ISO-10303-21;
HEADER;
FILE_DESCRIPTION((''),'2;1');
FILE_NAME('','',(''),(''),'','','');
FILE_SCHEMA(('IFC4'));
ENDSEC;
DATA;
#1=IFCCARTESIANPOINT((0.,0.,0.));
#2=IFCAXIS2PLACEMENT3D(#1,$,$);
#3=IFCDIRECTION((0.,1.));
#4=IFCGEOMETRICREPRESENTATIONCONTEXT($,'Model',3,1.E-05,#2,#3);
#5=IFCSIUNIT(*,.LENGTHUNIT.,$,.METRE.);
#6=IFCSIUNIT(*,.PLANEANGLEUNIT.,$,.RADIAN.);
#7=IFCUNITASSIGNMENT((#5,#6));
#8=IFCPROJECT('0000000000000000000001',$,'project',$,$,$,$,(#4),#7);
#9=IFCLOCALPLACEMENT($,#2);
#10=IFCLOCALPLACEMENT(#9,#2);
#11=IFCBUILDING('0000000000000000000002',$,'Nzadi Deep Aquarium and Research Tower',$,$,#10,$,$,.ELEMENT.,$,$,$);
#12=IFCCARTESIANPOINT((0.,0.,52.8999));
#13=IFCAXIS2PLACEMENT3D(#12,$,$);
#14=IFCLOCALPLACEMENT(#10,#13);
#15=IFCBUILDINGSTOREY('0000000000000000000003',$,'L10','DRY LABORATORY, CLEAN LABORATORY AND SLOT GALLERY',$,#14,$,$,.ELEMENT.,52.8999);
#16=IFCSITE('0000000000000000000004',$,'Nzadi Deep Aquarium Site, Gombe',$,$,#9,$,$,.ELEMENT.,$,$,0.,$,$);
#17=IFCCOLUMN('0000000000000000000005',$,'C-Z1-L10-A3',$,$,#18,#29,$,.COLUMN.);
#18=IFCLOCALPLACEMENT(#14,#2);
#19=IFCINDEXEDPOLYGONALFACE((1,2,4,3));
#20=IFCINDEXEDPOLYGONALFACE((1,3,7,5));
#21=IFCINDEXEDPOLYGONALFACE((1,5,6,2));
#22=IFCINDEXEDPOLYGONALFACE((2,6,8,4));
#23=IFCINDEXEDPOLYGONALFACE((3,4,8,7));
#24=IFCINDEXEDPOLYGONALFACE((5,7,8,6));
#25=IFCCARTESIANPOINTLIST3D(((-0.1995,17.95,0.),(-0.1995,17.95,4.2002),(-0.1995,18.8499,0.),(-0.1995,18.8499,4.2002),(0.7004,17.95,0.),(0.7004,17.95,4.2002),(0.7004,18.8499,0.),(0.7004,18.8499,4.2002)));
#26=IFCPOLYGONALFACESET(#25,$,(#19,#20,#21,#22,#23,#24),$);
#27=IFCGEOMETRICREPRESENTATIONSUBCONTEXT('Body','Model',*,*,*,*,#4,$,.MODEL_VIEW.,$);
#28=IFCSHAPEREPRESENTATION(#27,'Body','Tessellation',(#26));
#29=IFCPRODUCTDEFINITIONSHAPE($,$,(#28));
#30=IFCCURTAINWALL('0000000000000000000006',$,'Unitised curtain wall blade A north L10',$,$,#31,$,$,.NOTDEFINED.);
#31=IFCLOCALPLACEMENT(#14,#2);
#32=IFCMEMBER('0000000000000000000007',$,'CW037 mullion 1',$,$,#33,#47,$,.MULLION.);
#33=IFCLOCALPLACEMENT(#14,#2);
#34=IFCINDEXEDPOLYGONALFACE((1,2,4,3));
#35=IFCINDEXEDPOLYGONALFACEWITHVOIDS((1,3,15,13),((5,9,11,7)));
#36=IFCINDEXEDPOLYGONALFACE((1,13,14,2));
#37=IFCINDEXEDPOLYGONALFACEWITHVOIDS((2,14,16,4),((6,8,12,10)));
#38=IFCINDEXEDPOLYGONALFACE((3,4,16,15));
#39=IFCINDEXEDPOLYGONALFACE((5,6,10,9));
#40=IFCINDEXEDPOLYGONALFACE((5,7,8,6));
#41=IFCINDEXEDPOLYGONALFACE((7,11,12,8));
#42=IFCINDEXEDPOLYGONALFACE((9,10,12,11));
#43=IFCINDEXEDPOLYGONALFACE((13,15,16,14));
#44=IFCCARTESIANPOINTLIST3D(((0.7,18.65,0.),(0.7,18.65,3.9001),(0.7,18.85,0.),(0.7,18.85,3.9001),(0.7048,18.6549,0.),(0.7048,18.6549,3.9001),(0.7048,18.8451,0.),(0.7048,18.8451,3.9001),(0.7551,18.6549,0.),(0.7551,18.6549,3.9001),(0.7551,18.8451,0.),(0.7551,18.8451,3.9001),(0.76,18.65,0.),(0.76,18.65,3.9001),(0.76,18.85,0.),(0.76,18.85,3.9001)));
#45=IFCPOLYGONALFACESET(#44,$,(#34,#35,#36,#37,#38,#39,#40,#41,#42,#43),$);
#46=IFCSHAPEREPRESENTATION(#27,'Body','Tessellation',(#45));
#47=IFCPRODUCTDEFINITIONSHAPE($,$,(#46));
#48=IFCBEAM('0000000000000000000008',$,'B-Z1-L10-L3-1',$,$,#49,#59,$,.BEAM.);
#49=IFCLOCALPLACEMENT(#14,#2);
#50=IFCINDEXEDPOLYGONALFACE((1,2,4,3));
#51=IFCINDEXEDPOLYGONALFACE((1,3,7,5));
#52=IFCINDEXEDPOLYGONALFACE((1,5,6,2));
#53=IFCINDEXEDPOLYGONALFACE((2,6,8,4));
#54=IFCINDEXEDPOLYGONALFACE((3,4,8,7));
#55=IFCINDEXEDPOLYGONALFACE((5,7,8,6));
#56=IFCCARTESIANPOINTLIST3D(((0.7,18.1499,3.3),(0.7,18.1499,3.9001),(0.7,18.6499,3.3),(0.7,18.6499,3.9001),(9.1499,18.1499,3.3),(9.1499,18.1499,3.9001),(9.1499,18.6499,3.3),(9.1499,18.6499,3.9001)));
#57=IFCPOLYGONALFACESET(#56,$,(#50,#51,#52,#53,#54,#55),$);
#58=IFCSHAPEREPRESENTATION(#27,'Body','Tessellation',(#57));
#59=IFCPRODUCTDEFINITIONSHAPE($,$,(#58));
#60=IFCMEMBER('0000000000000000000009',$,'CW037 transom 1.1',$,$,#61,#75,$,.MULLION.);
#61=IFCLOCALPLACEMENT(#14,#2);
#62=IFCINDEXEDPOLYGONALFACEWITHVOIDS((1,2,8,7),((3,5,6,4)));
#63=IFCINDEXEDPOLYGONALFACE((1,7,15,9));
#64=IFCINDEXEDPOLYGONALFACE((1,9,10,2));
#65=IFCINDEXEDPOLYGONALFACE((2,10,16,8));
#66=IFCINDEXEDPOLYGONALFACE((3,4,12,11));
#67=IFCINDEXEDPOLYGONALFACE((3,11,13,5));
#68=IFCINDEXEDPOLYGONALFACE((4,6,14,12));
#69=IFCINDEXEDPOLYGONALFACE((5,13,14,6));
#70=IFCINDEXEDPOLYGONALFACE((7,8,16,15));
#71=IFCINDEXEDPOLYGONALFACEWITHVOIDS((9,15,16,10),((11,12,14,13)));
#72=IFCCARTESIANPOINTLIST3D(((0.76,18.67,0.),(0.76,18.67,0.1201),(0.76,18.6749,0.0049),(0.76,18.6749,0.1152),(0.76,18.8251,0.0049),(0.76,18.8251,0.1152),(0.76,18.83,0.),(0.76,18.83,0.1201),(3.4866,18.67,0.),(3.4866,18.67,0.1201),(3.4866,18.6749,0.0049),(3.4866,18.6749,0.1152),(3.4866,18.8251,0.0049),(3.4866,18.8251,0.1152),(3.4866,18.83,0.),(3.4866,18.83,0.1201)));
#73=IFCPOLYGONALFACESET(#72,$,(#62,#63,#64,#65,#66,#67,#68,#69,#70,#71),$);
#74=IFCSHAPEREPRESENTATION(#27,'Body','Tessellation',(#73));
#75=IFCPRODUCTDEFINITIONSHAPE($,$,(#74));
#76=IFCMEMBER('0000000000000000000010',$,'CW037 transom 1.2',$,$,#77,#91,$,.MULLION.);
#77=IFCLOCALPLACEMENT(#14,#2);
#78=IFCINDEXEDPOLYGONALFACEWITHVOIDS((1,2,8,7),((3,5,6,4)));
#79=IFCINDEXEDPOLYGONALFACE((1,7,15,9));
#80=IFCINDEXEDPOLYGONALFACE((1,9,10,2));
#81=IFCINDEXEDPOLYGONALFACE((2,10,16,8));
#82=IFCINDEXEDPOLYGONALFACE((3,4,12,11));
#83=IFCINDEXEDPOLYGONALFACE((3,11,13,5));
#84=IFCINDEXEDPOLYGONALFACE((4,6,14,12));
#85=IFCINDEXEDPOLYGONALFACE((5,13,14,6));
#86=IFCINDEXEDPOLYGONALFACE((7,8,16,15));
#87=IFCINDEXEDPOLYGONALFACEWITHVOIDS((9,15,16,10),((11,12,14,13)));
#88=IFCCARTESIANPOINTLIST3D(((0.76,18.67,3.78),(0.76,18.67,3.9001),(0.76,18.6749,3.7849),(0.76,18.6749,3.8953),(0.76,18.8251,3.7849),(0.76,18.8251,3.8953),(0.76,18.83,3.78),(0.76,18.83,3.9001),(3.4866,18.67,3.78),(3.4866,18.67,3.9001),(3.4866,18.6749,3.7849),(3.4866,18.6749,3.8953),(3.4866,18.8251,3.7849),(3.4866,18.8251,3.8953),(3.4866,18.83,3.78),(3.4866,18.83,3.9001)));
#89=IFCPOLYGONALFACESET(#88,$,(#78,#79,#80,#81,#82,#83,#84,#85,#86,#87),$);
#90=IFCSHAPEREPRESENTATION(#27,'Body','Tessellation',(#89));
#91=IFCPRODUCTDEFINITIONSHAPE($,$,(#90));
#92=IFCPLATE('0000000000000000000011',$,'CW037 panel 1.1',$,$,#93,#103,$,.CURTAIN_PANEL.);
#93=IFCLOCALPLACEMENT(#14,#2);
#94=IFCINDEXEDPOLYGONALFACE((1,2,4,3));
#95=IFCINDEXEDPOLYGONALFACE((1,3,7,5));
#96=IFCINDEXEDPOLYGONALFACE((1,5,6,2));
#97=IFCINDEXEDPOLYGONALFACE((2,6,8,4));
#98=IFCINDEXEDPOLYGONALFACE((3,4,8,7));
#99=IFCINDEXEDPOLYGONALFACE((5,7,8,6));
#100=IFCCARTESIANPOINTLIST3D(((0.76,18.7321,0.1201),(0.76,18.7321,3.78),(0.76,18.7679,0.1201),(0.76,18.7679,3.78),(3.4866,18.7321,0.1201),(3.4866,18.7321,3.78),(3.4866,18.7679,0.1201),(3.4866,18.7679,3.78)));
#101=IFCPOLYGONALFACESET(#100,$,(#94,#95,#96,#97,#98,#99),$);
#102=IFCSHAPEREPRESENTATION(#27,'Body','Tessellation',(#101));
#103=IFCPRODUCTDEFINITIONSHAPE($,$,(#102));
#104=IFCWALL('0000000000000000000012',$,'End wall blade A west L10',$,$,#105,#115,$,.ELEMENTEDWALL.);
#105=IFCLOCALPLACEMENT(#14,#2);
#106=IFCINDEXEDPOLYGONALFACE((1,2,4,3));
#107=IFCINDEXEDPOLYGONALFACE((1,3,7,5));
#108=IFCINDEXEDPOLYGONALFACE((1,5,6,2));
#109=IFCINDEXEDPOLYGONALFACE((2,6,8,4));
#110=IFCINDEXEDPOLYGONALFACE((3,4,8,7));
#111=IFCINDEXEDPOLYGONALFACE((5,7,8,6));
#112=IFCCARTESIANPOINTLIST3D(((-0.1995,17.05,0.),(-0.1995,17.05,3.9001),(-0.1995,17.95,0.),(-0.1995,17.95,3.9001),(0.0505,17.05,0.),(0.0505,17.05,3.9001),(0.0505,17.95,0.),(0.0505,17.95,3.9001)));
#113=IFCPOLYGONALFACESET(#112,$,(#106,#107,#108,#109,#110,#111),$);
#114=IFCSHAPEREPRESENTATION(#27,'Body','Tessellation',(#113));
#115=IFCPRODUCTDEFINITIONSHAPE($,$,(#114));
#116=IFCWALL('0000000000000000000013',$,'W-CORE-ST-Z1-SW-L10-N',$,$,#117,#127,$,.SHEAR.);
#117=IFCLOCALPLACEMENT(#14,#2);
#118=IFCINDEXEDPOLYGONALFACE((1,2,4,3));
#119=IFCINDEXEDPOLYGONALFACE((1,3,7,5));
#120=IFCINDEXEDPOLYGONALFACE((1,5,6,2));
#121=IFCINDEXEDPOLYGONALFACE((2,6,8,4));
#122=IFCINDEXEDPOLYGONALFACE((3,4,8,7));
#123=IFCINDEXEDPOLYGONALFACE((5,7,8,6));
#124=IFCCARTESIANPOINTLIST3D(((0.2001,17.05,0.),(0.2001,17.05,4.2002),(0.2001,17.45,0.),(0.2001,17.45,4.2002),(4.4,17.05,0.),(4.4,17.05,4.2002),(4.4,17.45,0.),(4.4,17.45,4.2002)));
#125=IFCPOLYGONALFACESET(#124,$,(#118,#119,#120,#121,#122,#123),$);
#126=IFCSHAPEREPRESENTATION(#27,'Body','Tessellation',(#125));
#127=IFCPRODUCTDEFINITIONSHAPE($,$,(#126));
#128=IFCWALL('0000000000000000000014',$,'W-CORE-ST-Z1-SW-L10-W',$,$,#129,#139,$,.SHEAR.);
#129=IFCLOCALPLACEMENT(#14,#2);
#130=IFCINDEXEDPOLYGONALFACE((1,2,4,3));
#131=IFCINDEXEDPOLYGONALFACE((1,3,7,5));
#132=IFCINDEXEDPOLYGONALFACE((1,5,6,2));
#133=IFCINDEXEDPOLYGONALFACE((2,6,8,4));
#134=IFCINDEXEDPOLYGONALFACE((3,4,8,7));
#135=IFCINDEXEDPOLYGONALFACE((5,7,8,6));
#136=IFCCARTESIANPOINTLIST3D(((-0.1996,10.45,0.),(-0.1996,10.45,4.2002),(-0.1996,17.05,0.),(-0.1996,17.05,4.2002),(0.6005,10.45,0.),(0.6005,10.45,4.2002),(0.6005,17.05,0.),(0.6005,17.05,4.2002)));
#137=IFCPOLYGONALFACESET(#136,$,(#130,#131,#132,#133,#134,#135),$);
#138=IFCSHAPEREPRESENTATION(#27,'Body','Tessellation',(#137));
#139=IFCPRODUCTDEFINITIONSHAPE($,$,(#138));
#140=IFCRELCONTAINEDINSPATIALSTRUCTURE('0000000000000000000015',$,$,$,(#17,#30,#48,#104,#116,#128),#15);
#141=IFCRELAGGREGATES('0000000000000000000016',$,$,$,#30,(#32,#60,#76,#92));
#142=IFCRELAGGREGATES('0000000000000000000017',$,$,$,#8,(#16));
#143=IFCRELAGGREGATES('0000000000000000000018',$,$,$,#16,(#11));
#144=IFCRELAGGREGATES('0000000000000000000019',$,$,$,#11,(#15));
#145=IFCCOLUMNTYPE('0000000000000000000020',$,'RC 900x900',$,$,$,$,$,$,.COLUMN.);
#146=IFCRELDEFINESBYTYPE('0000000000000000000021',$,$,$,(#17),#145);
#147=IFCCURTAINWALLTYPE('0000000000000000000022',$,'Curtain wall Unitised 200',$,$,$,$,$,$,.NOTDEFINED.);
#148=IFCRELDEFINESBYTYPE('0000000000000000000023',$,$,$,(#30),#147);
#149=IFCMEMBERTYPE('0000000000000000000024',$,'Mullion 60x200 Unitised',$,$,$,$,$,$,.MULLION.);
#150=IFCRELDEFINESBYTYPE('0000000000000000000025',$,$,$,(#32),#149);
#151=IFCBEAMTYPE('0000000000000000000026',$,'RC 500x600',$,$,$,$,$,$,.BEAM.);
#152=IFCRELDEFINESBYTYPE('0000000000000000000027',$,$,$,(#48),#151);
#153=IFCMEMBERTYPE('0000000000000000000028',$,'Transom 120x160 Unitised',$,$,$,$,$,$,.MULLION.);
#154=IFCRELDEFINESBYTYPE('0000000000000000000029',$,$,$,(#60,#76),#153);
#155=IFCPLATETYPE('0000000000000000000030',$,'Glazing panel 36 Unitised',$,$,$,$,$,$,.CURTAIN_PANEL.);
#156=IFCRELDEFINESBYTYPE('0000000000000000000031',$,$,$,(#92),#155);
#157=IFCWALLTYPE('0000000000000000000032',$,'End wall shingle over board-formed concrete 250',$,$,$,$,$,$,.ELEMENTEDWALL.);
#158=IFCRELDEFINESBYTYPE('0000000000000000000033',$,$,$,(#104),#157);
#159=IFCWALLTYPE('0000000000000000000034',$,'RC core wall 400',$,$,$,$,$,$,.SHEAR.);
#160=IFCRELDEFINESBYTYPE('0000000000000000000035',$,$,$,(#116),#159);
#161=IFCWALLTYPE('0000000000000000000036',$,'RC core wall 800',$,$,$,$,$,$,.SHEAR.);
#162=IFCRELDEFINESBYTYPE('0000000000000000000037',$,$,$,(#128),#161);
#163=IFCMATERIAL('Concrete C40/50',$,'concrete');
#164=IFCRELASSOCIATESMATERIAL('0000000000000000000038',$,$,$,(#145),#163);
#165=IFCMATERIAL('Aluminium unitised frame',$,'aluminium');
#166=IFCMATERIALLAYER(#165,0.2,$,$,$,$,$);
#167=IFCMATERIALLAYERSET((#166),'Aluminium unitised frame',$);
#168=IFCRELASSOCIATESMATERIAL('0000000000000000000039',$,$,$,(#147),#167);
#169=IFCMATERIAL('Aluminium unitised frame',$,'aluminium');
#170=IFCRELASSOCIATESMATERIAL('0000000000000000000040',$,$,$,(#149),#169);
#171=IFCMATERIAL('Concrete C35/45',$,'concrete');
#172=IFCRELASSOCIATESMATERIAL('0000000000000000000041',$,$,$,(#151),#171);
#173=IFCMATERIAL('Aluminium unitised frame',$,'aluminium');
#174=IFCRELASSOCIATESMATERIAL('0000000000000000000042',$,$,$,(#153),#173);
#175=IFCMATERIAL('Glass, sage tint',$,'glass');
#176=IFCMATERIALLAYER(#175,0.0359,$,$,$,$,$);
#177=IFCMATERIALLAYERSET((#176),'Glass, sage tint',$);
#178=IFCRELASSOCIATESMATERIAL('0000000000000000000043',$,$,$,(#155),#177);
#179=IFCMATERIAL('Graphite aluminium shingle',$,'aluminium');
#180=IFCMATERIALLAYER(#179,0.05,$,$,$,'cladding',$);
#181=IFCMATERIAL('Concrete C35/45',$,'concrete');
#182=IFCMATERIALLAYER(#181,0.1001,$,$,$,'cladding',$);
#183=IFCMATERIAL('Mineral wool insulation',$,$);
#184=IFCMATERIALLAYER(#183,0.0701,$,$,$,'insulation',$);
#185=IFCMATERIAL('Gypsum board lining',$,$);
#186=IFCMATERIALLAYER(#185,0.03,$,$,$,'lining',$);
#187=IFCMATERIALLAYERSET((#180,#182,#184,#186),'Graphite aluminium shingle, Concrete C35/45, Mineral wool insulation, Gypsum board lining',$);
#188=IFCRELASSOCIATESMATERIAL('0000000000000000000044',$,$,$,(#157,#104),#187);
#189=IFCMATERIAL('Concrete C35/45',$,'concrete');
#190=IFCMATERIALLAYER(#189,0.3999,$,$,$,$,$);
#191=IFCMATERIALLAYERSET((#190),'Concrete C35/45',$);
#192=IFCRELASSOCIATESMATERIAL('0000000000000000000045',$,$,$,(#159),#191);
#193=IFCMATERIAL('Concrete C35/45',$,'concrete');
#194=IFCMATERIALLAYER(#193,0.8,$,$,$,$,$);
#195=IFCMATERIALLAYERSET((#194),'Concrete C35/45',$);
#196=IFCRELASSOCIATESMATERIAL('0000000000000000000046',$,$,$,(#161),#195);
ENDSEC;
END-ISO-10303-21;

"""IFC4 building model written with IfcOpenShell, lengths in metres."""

from ifc_helpers import new_model, si_unit, direction, frame, frame_2d, origin, origin_2d, place, context, subcontext, project, spatial, rectangle, hollow_rectangle, extrude, material, layer, layer_set, layer_usage, material_profile, profile_set, type_object, element, aggregate, save


model = new_model("IFC4")

# Units and contexts
model_context = context("Model", 3, precision=1e-05, world=origin(), true_north=direction((0.0, 1.0)))
body_context = subcontext(model_context, "Body", "Model", "MODEL_VIEW")
ifc_project = project(units=[si_unit("LENGTHUNIT", "METRE"), si_unit("PLANEANGLEUNIT", "RADIAN")], contexts=[model_context])

# Site, building, storey
site_placement = place(None, origin())
site = spatial("IfcSite", under=ifc_project, at=site_placement, Name="Nzadi Deep Aquarium Site, Gombe", CompositionType="ELEMENT", RefElevation=0.0)
building_placement = place(site_placement, origin())
building = spatial("IfcBuilding", under=site, at=building_placement, Name="Nzadi Deep Aquarium and Research Tower", CompositionType="ELEMENT")
storey_placement = place(building_placement, frame((0.0, 0.0, 52.8999)))
storey = spatial("IfcBuildingStorey", under=building, at=storey_placement, Name="L10", Description="DRY LABORATORY, CLEAN LABORATORY AND SLOT GALLERY", CompositionType="ELEMENT", Elevation=52.8999)

# Column
ifc_material_1 = material(Name="Concrete C40/50", Category="concrete")
ifc_material_profile_1 = material_profile(ifc_material_1, rectangle(XDim=0.8999, YDim=0.8999, at=origin_2d()))
ifc_profile_set_1 = profile_set([ifc_material_profile_1], Name="Concrete C40/50")
column_type = type_object("IfcColumnType", Name="RC 900x900", PredefinedType="COLUMN", material=ifc_profile_set_1)
column_placement = place(storey_placement, frame((0.2505, 18.3999, 0.0), z_axis=(0.0, 0.0, 1.0), x_axis=(1.0, 0.0, 0.0)))
element("IfcColumn", 1, at=column_placement, inside=storey, type_object=column_type, Name="C-Z1-L10-A3", PredefinedType="COLUMN", context=body_context, shape_type="SweptSolid", body=[
    extrude(rectangle(XDim=0.8999, YDim=0.8999, at=origin_2d()), origin(), (0.0, 0.0, 1.0), 4.2002),
])

# Curtain wall, member
ifc_material_2 = material(Name="Aluminium unitised frame", Category="aluminium")
ifc_layer_1 = layer(ifc_material_2, 0.2)
ifc_layer_set_1 = layer_set([ifc_layer_1], Name="Aluminium unitised frame")
curtain_wall_type = type_object("IfcCurtainWallType", Name="Curtain wall Unitised 200", PredefinedType="NOTDEFINED", material=ifc_layer_set_1)
curtain_wall_placement = place(storey_placement, origin())
curtain_wall = element("IfcCurtainWall", 2, at=curtain_wall_placement, inside=storey, type_object=curtain_wall_type, Name="Unitised curtain wall blade A north L10", PredefinedType="NOTDEFINED")
ifc_material_3 = material(Name="Aluminium unitised frame", Category="aluminium")
ifc_material_profile_2 = material_profile(ifc_material_3, hollow_rectangle(XDim=0.2, YDim=0.0601, WallThickness=0.0049, at=origin_2d()))
ifc_profile_set_2 = profile_set([ifc_material_profile_2], Name="Aluminium unitised frame")
member_type_1 = type_object("IfcMemberType", Name="Mullion 60x200 Unitised", PredefinedType="MULLION", material=ifc_profile_set_2)
member_1_placement = place(storey_placement, frame((0.73, 18.75, 0.0), z_axis=(0.0, 0.0, 1.0), x_axis=(0.0, 1.0, 0.0)))
member_1 = element("IfcMember", 3, at=member_1_placement, type_object=member_type_1, Name="CW037 mullion 1", PredefinedType="MULLION", context=body_context, shape_type="SweptSolid", body=[
    extrude(hollow_rectangle(XDim=0.2, YDim=0.0601, WallThickness=0.0049, at=origin_2d()), origin(), (0.0, 0.0, 1.0), 3.9001),
])

# Beam
ifc_material_4 = material(Name="Concrete C35/45", Category="concrete")
ifc_material_profile_3 = material_profile(ifc_material_4, rectangle(XDim=0.5, YDim=0.6001, at=origin_2d()))
ifc_profile_set_3 = profile_set([ifc_material_profile_3], Name="Concrete C35/45")
beam_type = type_object("IfcBeamType", Name="RC 500x600", PredefinedType="BEAM", material=ifc_profile_set_3)
beam_placement = place(storey_placement, frame((0.7, 18.3999, 3.6001), z_axis=(1.0, 0.0, 0.0), x_axis=(0.0, 1.0, 0.0)))
element("IfcBeam", 4, at=beam_placement, inside=storey, type_object=beam_type, Name="B-Z1-L10-L3-1", PredefinedType="BEAM", context=body_context, shape_type="SweptSolid", body=[
    extrude(rectangle(XDim=0.5, YDim=0.6001, at=origin_2d()), origin(), (0.0, 0.0, 1.0), 8.45),
])

# Members
ifc_material_5 = material(Name="Aluminium unitised frame", Category="aluminium")
ifc_material_profile_4 = material_profile(ifc_material_5, hollow_rectangle(XDim=0.1599, YDim=0.1201, WallThickness=0.0049, at=origin_2d()))
ifc_profile_set_4 = profile_set([ifc_material_profile_4], Name="Aluminium unitised frame")
member_type_2 = type_object("IfcMemberType", Name="Transom 120x160 Unitised", PredefinedType="MULLION", material=ifc_profile_set_4)
member_2_placement = place(storey_placement, frame((0.76, 18.75, 0.0601), z_axis=(1.0, 0.0, 0.0), x_axis=(0.0, 1.0, 0.0)))
member_2 = element("IfcMember", 5, at=member_2_placement, type_object=member_type_2, Name="CW037 transom 1.1", PredefinedType="MULLION", context=body_context, shape_type="SweptSolid", body=[
    extrude(hollow_rectangle(XDim=0.1599, YDim=0.1201, WallThickness=0.0049, at=origin_2d()), origin(), (0.0, 0.0, 1.0), 2.7266),
])
member_3_placement = place(storey_placement, frame((0.76, 18.75, 3.8401), z_axis=(1.0, 0.0, 0.0), x_axis=(0.0, 1.0, 0.0)))
member_3 = element("IfcMember", 6, at=member_3_placement, type_object=member_type_2, Name="CW037 transom 1.2", PredefinedType="MULLION", context=body_context, shape_type="SweptSolid", body=[
    extrude(hollow_rectangle(XDim=0.1599, YDim=0.1201, WallThickness=0.0049, at=origin_2d()), origin(), (0.0, 0.0, 1.0), 2.7266),
])

# Plate
ifc_material_6 = material(Name="Glass, sage tint", Category="glass")
ifc_layer_2 = layer(ifc_material_6, 0.0359)
ifc_layer_set_2 = layer_set([ifc_layer_2], Name="Glass, sage tint")
plate_type = type_object("IfcPlateType", Name="Glazing panel 36 Unitised", PredefinedType="CURTAIN_PANEL", material=ifc_layer_set_2)
plate_placement = place(storey_placement, frame((2.1233, 18.75, 0.1201), z_axis=(0.0, 0.0, 1.0), x_axis=(1.0, 0.0, 0.0)))
plate = element("IfcPlate", 7, at=plate_placement, type_object=plate_type, Name="CW037 panel 1.1", PredefinedType="CURTAIN_PANEL", context=body_context, shape_type="SweptSolid", body=[
    extrude(rectangle(XDim=2.7266, YDim=0.0359, at=origin_2d()), origin(), (0.0, 0.0, 1.0), 3.6599),
])
aggregate(curtain_wall, [member_1, member_2, member_3, plate])

# Walls
ifc_material_7 = material(Name="Graphite aluminium shingle", Category="aluminium")
ifc_layer_3 = layer(ifc_material_7, 0.05, Category="cladding")
ifc_material_8 = material(Name="Concrete C35/45", Category="concrete")
ifc_layer_4 = layer(ifc_material_8, 0.1001, Category="cladding")
ifc_material_9 = material(Name="Mineral wool insulation")
ifc_layer_5 = layer(ifc_material_9, 0.0701, Category="insulation")
ifc_material_10 = material(Name="Gypsum board lining")
ifc_layer_6 = layer(ifc_material_10, 0.03, Category="lining")
ifc_layer_set_3 = layer_set([ifc_layer_3, ifc_layer_4, ifc_layer_5, ifc_layer_6], Name="Graphite aluminium shingle, Concrete C35/45, Mineral wool insulation, Gypsum board lining")
ifc_layer_usage = layer_usage(ifc_layer_set_3, "AXIS2", "POSITIVE", -0.125)
wall_type_1 = type_object("IfcWallType", Name="End wall shingle over board-formed concrete 250", PredefinedType="ELEMENTEDWALL", material=ifc_layer_set_3)
wall_1_placement = place(storey_placement, frame((-0.0745, 17.95, 0.0), z_axis=(0.0, 0.0, 1.0), x_axis=(0.0, -1.0, 0.0)))
element("IfcWall", 8, at=wall_1_placement, inside=storey, type_object=wall_type_1, material=ifc_layer_usage, Name="End wall blade A west L10", PredefinedType="ELEMENTEDWALL", context=body_context, shape_type="SweptSolid", body=[
    extrude(rectangle(XDim=0.8999, YDim=0.25, at=frame_2d((0.45, 0.0))), origin(), (0.0, 0.0, 1.0), 3.9001),
])
ifc_material_11 = material(Name="Concrete C35/45", Category="concrete")
ifc_layer_7 = layer(ifc_material_11, 0.3999)
ifc_layer_set_4 = layer_set([ifc_layer_7], Name="Concrete C35/45")
wall_type_2 = type_object("IfcWallType", Name="RC core wall 400", PredefinedType="SHEAR", material=ifc_layer_set_4)
wall_2_placement = place(storey_placement, frame((0.2, 17.25, 0.0), z_axis=(0.0, 0.0, 1.0), x_axis=(1.0, 0.0, 0.0)))
element("IfcWall", 9, at=wall_2_placement, inside=storey, type_object=wall_type_2, Name="W-CORE-ST-Z1-SW-L10-N", PredefinedType="SHEAR", context=body_context, shape_type="SweptSolid", body=[
    extrude(rectangle(XDim=4.2, YDim=0.3999, at=frame_2d((2.1001, 0.0))), origin(), (0.0, 0.0, 1.0), 4.2002),
])
ifc_material_12 = material(Name="Concrete C35/45", Category="concrete")
ifc_layer_8 = layer(ifc_material_12, 0.8)
ifc_layer_set_5 = layer_set([ifc_layer_8], Name="Concrete C35/45")
wall_type_3 = type_object("IfcWallType", Name="RC core wall 800", PredefinedType="SHEAR", material=ifc_layer_set_5)
wall_3_placement = place(storey_placement, frame((0.2004, 10.45, 0.0), z_axis=(0.0, 0.0, 1.0), x_axis=(0.0, 1.0, 0.0)))
element("IfcWall", 10, at=wall_3_placement, inside=storey, type_object=wall_type_3, Name="W-CORE-ST-Z1-SW-L10-W", PredefinedType="SHEAR", context=body_context, shape_type="SweptSolid", body=[
    extrude(rectangle(XDim=6.6001, YDim=0.8, at=frame_2d((3.3, 0.0))), origin(), (0.0, 0.0, 1.0), 4.2002),
])

save(model, "model.ifc")
